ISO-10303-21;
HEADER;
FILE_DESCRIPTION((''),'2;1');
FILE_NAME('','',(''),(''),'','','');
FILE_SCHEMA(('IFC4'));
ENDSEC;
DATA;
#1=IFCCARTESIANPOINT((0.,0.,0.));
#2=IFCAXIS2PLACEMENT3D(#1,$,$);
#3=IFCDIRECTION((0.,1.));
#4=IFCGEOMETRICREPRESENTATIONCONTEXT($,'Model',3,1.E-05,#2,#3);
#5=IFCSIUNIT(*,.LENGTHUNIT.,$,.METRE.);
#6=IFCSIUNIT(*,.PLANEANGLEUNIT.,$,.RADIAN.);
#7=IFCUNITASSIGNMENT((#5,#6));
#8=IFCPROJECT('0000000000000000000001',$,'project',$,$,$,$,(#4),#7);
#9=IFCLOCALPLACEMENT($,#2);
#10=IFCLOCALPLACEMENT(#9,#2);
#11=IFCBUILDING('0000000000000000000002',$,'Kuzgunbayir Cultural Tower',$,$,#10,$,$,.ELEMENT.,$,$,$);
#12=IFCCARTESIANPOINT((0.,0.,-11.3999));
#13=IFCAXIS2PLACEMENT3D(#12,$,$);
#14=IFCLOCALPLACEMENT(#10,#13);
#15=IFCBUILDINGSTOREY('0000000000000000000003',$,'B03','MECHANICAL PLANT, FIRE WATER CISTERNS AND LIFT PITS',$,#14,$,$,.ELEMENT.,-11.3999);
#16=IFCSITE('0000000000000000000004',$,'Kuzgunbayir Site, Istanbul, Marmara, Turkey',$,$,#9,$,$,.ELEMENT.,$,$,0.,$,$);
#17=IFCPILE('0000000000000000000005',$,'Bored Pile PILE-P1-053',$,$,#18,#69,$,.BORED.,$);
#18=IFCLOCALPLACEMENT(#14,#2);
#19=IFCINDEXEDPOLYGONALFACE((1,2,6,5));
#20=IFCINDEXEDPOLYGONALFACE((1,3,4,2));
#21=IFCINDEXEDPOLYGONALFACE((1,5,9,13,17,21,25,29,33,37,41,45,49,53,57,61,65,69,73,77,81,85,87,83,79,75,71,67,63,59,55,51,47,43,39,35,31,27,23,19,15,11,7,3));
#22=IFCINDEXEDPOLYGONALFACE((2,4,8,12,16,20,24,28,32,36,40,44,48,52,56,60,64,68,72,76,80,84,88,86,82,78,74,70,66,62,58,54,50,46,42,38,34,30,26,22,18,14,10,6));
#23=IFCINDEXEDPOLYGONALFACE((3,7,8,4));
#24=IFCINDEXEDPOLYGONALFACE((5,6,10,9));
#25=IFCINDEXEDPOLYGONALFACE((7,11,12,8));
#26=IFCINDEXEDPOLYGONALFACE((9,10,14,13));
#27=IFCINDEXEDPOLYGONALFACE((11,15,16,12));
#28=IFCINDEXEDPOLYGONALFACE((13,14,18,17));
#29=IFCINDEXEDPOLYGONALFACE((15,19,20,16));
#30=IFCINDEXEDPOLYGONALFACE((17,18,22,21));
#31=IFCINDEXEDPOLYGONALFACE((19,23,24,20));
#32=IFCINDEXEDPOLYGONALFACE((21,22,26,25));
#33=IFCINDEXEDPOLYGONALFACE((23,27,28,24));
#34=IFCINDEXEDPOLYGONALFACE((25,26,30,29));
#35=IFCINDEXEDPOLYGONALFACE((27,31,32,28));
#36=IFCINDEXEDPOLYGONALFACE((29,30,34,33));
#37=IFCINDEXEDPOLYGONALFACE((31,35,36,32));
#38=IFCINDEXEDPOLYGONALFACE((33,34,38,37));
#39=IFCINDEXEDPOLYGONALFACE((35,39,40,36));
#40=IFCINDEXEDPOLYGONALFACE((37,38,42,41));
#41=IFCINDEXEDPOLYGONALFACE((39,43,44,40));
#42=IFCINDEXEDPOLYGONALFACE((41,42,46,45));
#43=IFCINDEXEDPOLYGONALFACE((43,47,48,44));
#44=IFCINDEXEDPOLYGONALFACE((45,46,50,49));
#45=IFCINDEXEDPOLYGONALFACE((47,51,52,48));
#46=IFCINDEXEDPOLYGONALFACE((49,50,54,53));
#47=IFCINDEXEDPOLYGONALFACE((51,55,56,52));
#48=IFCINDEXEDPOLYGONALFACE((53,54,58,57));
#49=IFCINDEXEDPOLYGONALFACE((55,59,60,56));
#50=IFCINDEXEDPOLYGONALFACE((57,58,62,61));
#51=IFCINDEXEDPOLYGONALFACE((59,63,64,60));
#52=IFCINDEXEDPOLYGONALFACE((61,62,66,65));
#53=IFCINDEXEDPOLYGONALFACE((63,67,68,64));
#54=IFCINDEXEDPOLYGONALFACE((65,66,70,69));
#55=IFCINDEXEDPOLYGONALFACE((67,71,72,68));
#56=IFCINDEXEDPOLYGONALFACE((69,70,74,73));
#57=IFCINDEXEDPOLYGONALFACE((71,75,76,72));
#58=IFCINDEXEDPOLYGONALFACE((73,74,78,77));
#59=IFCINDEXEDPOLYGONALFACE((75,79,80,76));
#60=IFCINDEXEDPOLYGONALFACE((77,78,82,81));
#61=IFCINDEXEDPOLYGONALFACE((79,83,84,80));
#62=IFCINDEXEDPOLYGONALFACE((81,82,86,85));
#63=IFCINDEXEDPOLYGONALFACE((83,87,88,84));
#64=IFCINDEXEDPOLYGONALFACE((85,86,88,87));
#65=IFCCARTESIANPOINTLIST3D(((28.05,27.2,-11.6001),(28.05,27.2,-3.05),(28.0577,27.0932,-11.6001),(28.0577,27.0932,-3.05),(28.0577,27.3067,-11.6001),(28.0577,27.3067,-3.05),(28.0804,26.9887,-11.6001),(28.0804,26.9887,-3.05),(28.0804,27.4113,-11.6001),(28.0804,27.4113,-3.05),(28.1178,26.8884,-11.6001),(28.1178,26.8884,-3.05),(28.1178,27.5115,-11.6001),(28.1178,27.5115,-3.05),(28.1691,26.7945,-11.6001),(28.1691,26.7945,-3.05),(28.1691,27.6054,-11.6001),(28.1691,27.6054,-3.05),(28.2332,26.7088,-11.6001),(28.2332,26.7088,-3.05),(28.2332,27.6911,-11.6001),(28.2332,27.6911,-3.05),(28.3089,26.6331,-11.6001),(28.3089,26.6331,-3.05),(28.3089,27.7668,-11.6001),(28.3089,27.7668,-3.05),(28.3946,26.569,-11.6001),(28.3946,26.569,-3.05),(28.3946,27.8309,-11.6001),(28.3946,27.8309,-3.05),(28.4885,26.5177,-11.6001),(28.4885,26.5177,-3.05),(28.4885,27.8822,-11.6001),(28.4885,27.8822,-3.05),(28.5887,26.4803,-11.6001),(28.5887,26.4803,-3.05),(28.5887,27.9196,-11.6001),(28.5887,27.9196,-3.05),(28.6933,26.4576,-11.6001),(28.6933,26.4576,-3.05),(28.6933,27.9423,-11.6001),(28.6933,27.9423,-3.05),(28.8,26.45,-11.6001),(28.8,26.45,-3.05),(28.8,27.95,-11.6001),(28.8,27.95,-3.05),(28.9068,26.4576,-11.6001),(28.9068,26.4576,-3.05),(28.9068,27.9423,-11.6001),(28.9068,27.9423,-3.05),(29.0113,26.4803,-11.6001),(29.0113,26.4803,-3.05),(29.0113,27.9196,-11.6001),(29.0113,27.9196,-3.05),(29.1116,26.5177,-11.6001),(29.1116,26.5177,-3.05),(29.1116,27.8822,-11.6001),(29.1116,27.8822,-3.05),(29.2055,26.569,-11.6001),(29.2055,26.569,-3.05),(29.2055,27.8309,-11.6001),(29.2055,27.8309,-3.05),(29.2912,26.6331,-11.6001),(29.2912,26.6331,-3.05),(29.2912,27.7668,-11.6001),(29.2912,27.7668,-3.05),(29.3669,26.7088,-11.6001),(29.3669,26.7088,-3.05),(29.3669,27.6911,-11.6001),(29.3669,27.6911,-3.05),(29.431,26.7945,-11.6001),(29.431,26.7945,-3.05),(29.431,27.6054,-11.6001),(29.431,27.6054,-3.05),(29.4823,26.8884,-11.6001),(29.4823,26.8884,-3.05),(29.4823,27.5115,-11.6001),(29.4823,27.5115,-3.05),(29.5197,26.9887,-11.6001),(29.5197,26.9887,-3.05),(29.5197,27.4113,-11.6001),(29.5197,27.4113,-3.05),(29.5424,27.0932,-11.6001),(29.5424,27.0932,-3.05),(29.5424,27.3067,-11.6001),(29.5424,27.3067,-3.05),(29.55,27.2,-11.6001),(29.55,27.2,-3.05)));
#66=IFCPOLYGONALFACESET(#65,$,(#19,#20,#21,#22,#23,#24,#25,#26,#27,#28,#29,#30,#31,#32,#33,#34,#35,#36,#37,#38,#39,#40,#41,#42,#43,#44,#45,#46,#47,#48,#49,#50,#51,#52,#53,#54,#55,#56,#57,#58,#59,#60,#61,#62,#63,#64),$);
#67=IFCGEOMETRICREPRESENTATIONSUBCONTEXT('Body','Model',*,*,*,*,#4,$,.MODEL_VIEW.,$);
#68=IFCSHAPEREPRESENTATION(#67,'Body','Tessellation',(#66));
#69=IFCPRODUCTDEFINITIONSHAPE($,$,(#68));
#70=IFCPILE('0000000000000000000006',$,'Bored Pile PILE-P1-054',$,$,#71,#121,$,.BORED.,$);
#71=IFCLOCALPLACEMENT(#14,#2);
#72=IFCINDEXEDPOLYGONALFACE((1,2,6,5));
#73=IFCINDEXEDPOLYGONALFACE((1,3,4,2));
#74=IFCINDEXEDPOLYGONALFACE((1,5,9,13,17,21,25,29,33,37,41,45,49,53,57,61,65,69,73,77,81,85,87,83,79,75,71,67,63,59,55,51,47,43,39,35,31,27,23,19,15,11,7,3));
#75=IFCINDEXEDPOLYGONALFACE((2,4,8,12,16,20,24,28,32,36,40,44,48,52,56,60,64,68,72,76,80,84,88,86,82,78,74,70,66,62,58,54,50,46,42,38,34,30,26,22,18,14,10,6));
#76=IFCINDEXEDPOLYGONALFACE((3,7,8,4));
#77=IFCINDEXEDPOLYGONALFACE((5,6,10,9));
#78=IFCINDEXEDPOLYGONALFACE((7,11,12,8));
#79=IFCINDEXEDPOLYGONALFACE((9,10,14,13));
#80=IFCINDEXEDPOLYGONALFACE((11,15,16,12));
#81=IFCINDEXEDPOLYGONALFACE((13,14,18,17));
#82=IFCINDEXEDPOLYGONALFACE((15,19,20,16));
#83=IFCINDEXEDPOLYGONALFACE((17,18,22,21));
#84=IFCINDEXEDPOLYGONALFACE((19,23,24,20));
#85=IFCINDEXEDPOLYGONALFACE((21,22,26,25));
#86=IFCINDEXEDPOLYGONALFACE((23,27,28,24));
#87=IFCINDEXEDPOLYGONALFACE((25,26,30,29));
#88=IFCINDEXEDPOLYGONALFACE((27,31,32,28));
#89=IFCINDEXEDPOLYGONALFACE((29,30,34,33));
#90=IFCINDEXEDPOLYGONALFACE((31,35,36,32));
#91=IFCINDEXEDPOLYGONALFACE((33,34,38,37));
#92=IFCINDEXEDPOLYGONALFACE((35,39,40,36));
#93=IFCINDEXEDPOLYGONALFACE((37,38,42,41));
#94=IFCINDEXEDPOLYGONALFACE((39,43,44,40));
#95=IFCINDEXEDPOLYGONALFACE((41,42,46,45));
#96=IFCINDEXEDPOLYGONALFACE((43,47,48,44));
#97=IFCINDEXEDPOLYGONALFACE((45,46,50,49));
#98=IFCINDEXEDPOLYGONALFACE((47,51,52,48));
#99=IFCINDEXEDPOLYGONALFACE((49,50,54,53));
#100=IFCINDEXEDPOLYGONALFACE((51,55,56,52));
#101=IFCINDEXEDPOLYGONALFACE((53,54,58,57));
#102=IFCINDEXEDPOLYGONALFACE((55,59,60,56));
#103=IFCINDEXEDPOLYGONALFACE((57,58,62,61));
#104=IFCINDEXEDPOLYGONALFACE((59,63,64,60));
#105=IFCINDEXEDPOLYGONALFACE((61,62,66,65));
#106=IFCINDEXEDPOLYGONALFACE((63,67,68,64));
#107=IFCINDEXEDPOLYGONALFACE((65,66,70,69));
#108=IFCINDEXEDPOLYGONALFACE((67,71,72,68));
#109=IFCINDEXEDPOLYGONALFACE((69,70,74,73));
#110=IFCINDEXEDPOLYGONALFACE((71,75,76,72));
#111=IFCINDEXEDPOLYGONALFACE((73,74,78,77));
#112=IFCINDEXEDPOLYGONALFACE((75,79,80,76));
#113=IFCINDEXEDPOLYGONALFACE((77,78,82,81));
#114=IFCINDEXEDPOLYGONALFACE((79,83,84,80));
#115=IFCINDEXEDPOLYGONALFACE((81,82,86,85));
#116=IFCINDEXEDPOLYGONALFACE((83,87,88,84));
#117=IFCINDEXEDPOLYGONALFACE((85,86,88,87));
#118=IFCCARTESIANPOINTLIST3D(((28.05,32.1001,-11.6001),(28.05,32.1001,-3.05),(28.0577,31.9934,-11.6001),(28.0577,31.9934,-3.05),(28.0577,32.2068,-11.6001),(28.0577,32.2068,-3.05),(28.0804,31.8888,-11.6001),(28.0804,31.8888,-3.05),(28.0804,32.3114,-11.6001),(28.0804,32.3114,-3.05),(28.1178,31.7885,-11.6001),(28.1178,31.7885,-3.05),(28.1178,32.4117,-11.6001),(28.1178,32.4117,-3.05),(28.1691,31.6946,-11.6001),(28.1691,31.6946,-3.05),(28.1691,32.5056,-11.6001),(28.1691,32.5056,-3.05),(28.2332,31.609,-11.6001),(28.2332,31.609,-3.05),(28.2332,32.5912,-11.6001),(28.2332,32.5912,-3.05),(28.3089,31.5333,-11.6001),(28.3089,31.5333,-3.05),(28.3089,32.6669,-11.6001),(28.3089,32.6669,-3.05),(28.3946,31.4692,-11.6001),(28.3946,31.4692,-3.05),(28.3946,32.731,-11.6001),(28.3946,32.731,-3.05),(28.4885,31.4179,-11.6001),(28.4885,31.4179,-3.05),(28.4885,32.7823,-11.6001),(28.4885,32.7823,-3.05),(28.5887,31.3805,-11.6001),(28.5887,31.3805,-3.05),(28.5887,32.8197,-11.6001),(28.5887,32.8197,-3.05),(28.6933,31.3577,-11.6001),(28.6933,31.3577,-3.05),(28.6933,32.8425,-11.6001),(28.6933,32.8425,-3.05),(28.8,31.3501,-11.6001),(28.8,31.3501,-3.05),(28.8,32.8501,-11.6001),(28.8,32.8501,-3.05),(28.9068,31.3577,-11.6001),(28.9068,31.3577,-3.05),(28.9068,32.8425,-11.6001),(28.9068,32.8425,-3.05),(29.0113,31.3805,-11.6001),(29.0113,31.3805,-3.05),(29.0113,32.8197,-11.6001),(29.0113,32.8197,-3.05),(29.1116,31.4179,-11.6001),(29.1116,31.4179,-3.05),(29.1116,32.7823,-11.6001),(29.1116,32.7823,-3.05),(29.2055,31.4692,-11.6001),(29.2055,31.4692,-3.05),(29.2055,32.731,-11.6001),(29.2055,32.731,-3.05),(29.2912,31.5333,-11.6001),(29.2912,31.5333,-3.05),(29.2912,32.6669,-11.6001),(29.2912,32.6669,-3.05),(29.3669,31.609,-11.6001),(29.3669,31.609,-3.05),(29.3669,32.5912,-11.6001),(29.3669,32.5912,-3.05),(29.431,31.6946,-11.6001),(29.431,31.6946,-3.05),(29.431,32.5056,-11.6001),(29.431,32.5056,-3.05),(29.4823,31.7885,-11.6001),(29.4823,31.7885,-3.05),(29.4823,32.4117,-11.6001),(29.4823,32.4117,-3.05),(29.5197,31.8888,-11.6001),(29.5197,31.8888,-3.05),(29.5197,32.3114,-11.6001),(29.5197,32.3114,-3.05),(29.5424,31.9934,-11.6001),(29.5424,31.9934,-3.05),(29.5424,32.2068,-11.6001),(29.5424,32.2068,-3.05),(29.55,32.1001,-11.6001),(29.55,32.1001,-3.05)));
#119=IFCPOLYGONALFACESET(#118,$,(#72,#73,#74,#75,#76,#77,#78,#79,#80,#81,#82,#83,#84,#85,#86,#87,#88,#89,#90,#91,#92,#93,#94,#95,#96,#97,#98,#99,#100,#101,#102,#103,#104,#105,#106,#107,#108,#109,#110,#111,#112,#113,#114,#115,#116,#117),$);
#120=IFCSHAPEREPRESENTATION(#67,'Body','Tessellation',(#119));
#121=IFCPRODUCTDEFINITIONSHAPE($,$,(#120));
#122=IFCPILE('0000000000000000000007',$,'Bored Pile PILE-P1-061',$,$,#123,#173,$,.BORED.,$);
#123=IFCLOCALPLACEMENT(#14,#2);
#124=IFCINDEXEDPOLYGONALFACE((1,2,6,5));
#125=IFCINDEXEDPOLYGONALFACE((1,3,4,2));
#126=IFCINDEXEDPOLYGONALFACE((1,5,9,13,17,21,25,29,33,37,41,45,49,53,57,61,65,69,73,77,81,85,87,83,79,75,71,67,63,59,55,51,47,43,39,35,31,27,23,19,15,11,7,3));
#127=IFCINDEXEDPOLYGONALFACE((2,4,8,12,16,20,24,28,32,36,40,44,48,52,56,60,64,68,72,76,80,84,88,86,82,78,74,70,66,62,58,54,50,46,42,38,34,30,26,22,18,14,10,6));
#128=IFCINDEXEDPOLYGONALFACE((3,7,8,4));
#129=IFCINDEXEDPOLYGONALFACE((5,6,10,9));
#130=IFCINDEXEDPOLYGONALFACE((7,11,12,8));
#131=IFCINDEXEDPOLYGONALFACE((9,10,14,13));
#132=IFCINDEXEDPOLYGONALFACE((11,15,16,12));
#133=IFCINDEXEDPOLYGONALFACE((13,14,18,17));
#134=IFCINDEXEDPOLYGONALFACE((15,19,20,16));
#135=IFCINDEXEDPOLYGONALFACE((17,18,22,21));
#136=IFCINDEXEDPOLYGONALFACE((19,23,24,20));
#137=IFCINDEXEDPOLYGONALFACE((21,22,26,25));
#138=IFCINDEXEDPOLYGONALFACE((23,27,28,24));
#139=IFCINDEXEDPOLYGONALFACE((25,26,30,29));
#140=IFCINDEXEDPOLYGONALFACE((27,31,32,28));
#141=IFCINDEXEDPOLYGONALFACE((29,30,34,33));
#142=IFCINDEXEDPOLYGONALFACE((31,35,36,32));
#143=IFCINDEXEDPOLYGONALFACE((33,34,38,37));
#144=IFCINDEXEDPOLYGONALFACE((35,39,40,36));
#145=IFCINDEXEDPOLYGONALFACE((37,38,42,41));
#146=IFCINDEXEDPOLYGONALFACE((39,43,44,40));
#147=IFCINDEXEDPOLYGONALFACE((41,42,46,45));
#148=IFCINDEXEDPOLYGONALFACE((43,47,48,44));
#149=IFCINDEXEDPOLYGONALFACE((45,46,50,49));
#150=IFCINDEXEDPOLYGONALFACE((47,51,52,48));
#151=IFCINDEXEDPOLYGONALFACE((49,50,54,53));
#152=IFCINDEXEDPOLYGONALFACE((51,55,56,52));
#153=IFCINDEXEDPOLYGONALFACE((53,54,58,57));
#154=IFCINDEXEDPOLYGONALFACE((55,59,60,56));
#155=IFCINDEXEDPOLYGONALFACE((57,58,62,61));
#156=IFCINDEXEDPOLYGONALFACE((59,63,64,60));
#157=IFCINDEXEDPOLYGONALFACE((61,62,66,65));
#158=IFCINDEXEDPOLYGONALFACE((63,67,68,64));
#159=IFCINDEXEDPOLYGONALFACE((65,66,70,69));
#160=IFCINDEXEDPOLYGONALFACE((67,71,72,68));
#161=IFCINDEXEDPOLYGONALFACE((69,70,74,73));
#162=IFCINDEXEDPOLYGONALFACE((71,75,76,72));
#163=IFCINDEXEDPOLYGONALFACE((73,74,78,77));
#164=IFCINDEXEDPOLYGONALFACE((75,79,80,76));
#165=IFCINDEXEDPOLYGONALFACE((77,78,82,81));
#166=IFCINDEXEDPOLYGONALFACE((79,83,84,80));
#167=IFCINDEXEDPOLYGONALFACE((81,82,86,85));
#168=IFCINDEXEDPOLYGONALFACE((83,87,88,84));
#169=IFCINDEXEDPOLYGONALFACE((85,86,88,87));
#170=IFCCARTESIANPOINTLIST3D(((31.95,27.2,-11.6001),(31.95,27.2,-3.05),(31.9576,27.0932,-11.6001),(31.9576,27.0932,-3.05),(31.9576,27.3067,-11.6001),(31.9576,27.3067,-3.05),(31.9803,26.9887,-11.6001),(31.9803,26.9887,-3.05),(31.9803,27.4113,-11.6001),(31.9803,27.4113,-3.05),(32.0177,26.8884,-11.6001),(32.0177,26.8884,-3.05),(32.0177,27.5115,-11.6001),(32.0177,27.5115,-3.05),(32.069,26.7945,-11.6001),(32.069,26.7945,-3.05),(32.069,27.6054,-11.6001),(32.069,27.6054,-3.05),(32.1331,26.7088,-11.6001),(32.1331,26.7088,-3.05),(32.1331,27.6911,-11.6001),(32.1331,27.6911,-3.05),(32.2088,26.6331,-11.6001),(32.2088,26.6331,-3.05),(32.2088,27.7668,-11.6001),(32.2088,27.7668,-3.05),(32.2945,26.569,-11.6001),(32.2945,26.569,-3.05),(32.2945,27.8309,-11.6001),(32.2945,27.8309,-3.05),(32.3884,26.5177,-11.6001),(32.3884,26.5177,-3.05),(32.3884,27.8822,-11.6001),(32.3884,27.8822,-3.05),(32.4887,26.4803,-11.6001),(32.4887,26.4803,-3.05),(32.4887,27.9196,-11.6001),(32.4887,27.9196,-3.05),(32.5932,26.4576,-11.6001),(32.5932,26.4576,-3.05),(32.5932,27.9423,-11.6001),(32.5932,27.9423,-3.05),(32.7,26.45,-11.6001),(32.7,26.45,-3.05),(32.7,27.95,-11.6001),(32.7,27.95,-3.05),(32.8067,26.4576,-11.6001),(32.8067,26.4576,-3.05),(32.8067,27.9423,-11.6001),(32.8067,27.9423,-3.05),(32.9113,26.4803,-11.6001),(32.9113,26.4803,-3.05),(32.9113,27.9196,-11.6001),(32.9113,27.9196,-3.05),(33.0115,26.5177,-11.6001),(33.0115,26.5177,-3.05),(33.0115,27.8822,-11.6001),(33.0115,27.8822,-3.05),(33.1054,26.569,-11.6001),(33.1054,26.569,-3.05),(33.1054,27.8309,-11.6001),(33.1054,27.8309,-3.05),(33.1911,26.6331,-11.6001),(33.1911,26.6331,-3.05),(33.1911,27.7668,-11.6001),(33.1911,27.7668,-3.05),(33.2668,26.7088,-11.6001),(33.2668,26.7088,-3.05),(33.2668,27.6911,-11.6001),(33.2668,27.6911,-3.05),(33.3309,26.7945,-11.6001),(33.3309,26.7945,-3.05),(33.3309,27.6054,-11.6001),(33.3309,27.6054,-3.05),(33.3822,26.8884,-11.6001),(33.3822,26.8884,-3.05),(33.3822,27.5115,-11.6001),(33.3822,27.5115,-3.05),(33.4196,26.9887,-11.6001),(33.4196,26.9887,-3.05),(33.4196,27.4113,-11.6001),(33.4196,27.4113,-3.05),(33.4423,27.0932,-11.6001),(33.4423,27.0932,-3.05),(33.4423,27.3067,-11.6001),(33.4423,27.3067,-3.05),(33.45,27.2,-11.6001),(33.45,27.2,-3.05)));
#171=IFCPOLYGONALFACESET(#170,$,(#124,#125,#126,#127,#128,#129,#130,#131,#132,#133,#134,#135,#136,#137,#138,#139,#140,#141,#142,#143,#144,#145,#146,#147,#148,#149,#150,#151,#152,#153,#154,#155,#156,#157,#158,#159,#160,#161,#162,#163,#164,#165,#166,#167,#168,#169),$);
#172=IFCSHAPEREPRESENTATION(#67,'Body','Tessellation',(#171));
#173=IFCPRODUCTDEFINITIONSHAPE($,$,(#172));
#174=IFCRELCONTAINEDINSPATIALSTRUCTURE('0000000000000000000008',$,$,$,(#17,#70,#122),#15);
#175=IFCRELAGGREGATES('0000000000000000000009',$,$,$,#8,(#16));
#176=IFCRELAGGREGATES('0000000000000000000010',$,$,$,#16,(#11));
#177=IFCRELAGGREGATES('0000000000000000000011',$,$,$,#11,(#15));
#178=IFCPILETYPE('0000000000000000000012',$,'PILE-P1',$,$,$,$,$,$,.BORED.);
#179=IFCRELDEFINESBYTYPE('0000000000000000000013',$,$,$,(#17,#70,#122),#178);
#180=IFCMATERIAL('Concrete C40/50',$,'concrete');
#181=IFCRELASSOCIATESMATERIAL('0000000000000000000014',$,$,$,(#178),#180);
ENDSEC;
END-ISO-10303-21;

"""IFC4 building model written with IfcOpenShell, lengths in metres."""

from ifc_helpers import new_model, si_unit, direction, frame, origin, origin_2d, place, context, subcontext, project, spatial, circle, extrude, material, material_profile, profile_set, type_object, element, save


model = new_model("IFC4")

# Units and contexts
model_context = context("Model", 3, precision=1e-05, world=origin(), true_north=direction((0.0, 1.0)))
body_context = subcontext(model_context, "Body", "Model", "MODEL_VIEW")
ifc_project = project(units=[si_unit("LENGTHUNIT", "METRE"), si_unit("PLANEANGLEUNIT", "RADIAN")], contexts=[model_context])

# Site, building, storey
site_placement = place(None, origin())
site = spatial("IfcSite", under=ifc_project, at=site_placement, Name="Kuzgunbayir Site, Istanbul, Marmara, Turkey", CompositionType="ELEMENT", RefElevation=0.0)
building_placement = place(site_placement, origin())
building = spatial("IfcBuilding", under=site, at=building_placement, Name="Kuzgunbayir Cultural Tower", CompositionType="ELEMENT")
storey_placement = place(building_placement, frame((0.0, 0.0, -11.3999)))
storey = spatial("IfcBuildingStorey", under=building, at=storey_placement, Name="B03", Description="MECHANICAL PLANT, FIRE WATER CISTERNS AND LIFT PITS", CompositionType="ELEMENT", Elevation=-11.3999)

# Piles
ifc_material_1 = material(Name="Concrete C40/50", Category="concrete")
ifc_material_profile_1 = material_profile(ifc_material_1, circle(Radius=0.75, at=origin_2d()), Name="BORED PILE 1500")
ifc_profile_set_1 = profile_set([ifc_material_profile_1], Name="Concrete C40/50")
pile_type = type_object("IfcPileType", Name="PILE-P1", PredefinedType="BORED", material=ifc_profile_set_1)
for number, where, z_axis, x_axis, name in (
    (1, (28.8, 27.2, -3.05), (0.0, 0.0, -1.0), (1.0, 0.0, 0.0), "Bored Pile PILE-P1-053"),
    (2, (28.8, 32.1001, -3.05), (0.0, 0.0, -1.0), (1.0, 0.0, 0.0), "Bored Pile PILE-P1-054"),
    (3, (32.7, 27.2, -3.05), (0.0, 0.0, -1.0), (1.0, 0.0, 0.0), "Bored Pile PILE-P1-061"),
):
    element("IfcPile", number, at=place(storey_placement, frame(where, z_axis=z_axis, x_axis=x_axis)), inside=storey, type_object=pile_type, Name=name, PredefinedType="BORED", context=body_context, shape_type="SweptSolid", body=[
        extrude(circle(Radius=0.75, at=origin_2d()), origin(), (0.0, 0.0, 1.0), 8.55),
    ])

save(model, "model.ifc")
